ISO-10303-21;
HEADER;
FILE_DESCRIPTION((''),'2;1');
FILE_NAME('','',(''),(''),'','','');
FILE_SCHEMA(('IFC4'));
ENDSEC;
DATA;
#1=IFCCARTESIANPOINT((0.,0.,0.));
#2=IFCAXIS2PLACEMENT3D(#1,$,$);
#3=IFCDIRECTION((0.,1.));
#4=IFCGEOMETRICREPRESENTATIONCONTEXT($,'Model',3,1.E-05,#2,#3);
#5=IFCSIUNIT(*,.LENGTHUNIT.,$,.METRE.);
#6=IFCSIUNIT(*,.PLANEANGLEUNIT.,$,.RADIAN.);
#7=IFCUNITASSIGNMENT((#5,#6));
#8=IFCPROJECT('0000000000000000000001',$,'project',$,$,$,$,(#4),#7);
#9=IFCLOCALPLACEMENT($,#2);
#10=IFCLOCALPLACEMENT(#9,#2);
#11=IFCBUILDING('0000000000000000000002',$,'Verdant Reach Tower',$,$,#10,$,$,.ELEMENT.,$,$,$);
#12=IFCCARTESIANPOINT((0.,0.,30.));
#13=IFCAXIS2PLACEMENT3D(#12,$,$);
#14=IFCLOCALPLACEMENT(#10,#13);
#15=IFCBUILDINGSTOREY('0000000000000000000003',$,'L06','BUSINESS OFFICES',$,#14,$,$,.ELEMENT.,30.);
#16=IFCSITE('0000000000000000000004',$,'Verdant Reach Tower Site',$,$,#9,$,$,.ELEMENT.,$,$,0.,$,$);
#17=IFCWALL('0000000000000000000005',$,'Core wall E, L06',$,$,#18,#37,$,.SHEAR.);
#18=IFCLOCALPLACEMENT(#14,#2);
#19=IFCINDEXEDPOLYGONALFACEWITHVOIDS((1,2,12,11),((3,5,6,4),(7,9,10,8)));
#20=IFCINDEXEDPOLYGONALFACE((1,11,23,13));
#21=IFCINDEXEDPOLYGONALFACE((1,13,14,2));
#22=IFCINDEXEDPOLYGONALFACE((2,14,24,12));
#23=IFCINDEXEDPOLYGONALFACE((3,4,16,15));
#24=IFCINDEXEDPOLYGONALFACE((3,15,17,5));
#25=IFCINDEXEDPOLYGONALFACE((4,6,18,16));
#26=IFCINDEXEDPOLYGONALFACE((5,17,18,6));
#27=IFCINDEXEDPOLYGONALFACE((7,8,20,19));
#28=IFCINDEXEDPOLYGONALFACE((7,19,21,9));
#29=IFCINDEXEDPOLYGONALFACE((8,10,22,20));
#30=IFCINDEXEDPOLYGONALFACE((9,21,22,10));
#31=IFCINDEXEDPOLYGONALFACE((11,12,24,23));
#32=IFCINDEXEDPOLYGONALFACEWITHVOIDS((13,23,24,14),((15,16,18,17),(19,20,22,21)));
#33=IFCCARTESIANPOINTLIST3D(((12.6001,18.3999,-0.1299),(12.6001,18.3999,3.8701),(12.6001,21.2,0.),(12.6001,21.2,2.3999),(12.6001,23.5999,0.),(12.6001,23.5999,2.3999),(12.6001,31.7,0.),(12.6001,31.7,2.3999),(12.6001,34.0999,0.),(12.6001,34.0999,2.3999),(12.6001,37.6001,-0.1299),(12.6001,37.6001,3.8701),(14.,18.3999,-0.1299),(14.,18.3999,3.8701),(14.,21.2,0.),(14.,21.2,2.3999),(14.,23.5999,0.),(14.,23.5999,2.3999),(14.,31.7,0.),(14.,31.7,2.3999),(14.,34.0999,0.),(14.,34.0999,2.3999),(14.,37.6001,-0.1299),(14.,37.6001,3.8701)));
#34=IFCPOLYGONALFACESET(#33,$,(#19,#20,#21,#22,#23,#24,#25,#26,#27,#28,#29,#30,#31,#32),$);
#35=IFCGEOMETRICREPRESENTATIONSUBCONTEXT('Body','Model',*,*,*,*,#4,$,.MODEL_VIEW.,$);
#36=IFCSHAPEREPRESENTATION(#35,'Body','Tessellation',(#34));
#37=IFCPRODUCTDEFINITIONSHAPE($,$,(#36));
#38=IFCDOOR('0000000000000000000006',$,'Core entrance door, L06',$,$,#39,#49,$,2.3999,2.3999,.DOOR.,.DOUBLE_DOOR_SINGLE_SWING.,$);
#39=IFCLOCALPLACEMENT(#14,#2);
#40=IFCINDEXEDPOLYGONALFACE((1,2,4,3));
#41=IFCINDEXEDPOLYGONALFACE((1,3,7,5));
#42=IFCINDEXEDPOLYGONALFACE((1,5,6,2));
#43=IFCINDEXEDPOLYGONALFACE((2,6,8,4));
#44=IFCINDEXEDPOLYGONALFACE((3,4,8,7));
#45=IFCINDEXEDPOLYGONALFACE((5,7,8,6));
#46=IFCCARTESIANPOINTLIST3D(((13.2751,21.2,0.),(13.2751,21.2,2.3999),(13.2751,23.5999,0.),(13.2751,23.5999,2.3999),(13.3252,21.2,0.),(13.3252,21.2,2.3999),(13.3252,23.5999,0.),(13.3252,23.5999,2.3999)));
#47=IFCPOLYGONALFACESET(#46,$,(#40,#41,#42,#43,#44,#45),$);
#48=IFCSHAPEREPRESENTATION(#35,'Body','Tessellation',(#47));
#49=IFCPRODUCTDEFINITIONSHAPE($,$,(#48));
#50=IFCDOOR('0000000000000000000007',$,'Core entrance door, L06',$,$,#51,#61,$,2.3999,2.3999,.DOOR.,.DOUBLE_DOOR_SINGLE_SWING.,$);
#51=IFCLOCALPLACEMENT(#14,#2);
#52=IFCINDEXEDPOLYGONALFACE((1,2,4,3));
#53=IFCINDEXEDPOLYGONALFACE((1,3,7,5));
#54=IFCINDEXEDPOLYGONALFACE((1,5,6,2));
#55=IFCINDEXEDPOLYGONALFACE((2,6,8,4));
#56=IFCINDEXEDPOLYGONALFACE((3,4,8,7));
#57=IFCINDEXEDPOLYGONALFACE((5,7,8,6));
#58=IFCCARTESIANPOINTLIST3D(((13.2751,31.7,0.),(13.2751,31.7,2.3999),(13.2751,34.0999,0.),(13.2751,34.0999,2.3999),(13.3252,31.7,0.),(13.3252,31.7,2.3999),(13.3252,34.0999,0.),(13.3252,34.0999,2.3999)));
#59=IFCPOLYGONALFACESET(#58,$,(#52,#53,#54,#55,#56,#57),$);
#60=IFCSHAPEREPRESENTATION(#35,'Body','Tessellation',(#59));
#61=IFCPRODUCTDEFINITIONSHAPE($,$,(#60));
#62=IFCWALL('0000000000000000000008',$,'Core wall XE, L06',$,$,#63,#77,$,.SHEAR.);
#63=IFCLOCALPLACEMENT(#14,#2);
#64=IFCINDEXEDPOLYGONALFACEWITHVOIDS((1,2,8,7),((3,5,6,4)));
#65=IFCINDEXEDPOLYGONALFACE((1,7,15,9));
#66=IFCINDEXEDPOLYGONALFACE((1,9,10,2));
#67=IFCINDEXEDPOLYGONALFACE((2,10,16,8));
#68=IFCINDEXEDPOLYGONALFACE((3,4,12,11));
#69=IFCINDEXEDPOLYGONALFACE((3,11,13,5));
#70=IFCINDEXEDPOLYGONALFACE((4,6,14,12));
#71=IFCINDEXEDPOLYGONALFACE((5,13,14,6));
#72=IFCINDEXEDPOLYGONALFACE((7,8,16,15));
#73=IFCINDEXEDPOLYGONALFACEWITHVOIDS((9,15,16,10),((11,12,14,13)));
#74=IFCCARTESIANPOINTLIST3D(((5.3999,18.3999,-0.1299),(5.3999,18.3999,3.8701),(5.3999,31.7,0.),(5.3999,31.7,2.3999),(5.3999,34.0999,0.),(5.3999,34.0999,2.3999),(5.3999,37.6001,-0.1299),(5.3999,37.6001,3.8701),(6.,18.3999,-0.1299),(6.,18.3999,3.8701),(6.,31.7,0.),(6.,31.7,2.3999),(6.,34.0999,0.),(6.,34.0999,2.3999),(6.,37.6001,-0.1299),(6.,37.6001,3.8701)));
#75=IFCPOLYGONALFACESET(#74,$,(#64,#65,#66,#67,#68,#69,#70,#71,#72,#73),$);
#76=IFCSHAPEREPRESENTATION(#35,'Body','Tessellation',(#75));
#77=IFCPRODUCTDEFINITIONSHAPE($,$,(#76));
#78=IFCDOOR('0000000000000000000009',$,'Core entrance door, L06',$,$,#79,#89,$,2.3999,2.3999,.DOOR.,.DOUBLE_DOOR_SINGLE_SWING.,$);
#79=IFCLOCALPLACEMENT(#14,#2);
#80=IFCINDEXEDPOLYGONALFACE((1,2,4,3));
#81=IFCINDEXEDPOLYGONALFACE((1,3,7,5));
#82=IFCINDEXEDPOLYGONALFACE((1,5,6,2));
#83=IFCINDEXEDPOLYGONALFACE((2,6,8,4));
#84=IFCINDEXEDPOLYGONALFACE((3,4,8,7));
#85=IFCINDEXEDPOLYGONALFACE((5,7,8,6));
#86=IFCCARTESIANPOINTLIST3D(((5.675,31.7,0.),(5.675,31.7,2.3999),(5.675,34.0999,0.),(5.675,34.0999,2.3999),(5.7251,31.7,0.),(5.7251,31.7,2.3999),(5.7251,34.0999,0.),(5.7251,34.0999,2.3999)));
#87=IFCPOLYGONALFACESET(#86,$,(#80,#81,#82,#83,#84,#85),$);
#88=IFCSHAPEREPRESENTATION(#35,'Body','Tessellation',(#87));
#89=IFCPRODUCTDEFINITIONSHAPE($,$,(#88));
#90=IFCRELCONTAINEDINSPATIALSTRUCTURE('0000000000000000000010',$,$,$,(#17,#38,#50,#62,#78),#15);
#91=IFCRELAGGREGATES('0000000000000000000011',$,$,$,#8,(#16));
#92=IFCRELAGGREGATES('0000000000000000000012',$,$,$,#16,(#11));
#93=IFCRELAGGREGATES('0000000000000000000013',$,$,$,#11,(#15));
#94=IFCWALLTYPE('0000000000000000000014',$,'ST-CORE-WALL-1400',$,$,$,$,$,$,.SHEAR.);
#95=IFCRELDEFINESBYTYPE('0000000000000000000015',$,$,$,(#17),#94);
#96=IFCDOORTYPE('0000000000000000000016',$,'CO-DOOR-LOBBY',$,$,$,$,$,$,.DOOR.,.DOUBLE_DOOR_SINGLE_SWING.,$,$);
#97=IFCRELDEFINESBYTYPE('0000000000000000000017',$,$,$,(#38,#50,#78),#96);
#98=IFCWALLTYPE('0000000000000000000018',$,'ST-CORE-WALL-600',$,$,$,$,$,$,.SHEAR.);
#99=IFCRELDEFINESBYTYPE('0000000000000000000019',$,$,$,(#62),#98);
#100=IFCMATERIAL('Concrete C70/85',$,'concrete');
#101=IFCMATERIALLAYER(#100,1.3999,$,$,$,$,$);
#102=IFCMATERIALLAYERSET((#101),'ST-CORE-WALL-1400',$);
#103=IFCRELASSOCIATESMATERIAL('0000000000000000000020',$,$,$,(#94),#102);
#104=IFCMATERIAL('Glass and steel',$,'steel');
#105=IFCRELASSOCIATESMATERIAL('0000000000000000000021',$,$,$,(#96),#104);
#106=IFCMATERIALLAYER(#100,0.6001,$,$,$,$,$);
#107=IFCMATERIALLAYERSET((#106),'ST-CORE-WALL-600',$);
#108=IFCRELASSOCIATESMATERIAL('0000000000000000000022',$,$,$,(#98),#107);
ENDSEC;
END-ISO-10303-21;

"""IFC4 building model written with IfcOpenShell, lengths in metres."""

from ifc_helpers import new_model, si_unit, direction, frame, frame_2d, origin, place, context, subcontext, project, spatial, rectangle, extrude, material, layer, layer_set, type_object, element, fill, save


model = new_model("IFC4")

# Units and contexts
model_context = context("Model", 3, precision=1e-05, world=origin(), true_north=direction((0.0, 1.0)))
body_context = subcontext(model_context, "Body", "Model", "MODEL_VIEW")
ifc_project = project(units=[si_unit("LENGTHUNIT", "METRE"), si_unit("PLANEANGLEUNIT", "RADIAN")], contexts=[model_context])

# Site, building, storey
site_placement = place(None, origin())
site = spatial("IfcSite", under=ifc_project, at=site_placement, Name="Verdant Reach Tower Site", CompositionType="ELEMENT", RefElevation=0.0)
building_placement = place(site_placement, origin())
building = spatial("IfcBuilding", under=site, at=building_placement, Name="Verdant Reach Tower", CompositionType="ELEMENT")
storey_placement = place(building_placement, frame((0.0, 0.0, 30.0)))
storey = spatial("IfcBuildingStorey", under=building, at=storey_placement, Name="L06", Description="BUSINESS OFFICES", CompositionType="ELEMENT", Elevation=30.0)

# Wall, openings, doors
ifc_material_1 = material(Name="Concrete C70/85", Category="concrete")
ifc_layer_1 = layer(ifc_material_1, 1.3999)
ifc_layer_set_1 = layer_set([ifc_layer_1], Name="ST-CORE-WALL-1400")
wall_type_1 = type_object("IfcWallType", Name="ST-CORE-WALL-1400", PredefinedType="SHEAR", material=ifc_layer_set_1)
wall_1_placement = place(storey_placement, frame((13.3, 18.3999, -0.1299), z_axis=(0.0, 0.0, 1.0), x_axis=(0.0, 1.0, 0.0)))
wall_1 = element("IfcWall", 1, at=wall_1_placement, inside=storey, type_object=wall_type_1, Name="Core wall E, L06", PredefinedType="SHEAR", context=body_context, shape_type="SweptSolid", body=[
    extrude(rectangle(XDim=19.2002, YDim=1.3999, at=frame_2d((9.6001, 0.0))), origin(), (0.0, 0.0, 1.0), 4.0),
])
opening_1_placement = place(wall_1_placement, frame((2.8, 0.0, 0.1299)))
opening_1 = element("IfcOpeningElement", 2, at=opening_1_placement, cuts=wall_1, PredefinedType="OPENING", context=body_context, shape_type="SweptSolid", body=[
    extrude(rectangle(XDim=2.3999, YDim=2.3999, at=frame_2d((1.2, 1.2))), frame((0.0, 0.71, 0.0), z_axis=(0.0, -1.0, 0.0), x_axis=(1.0, 0.0, 0.0)), (0.0, 0.0, 1.0), 1.4199),
])
opening_2_placement = place(wall_1_placement, frame((13.3, 0.0, 0.1299)))
opening_2 = element("IfcOpeningElement", 3, at=opening_2_placement, cuts=wall_1, PredefinedType="OPENING", context=body_context, shape_type="SweptSolid", body=[
    extrude(rectangle(XDim=2.3999, YDim=2.3999, at=frame_2d((1.2, 1.2))), frame((0.0, 0.71, 0.0), z_axis=(0.0, -1.0, 0.0), x_axis=(1.0, 0.0, 0.0)), (0.0, 0.0, 1.0), 1.4199),
])
ifc_material_2 = material(Name="Glass and steel", Category="steel")
door_type_1 = type_object("IfcDoorType", Name="CO-DOOR-LOBBY", OperationType="DOUBLE_DOOR_SINGLE_SWING", PredefinedType="DOOR", material=ifc_material_2)
door_1_placement = place(opening_1_placement, origin())
door_1 = element("IfcDoor", 4, at=door_1_placement, inside=storey, type_object=door_type_1, Name="Core entrance door, L06", OperationType="DOUBLE_DOOR_SINGLE_SWING", OverallHeight=2.3999, OverallWidth=2.3999, PredefinedType="DOOR", context=body_context, shape_type="SweptSolid", body=[
    extrude(rectangle(XDim=2.3999, YDim=2.3999, at=frame_2d((1.2, 1.2))), frame((0.0, 0.0249, 0.0), z_axis=(0.0, -1.0, 0.0), x_axis=(1.0, 0.0, 0.0)), (0.0, 0.0, 1.0), 0.05),
])
fill(opening_1, door_1)
door_2_placement = place(opening_2_placement, origin())
door_2 = element("IfcDoor", 5, at=door_2_placement, inside=storey, type_object=door_type_1, Name="Core entrance door, L06", OperationType="DOUBLE_DOOR_SINGLE_SWING", OverallHeight=2.3999, OverallWidth=2.3999, PredefinedType="DOOR", context=body_context, shape_type="SweptSolid", body=[
    extrude(rectangle(XDim=2.3999, YDim=2.3999, at=frame_2d((1.2, 1.2))), frame((0.0, 0.0249, 0.0), z_axis=(0.0, -1.0, 0.0), x_axis=(1.0, 0.0, 0.0)), (0.0, 0.0, 1.0), 0.05),
])
fill(opening_2, door_2)

# Wall, opening, door
ifc_layer_2 = layer(ifc_material_1, 0.6001)
ifc_layer_set_2 = layer_set([ifc_layer_2], Name="ST-CORE-WALL-600")
wall_type_2 = type_object("IfcWallType", Name="ST-CORE-WALL-600", PredefinedType="SHEAR", material=ifc_layer_set_2)
wall_2_placement = place(storey_placement, frame((5.7, 18.3999, -0.1299), z_axis=(0.0, 0.0, 1.0), x_axis=(0.0, 1.0, 0.0)))
wall_2 = element("IfcWall", 6, at=wall_2_placement, inside=storey, type_object=wall_type_2, Name="Core wall XE, L06", PredefinedType="SHEAR", context=body_context, shape_type="SweptSolid", body=[
    extrude(rectangle(XDim=19.2002, YDim=0.6001, at=frame_2d((9.6001, 0.0))), origin(), (0.0, 0.0, 1.0), 4.0),
])
opening_3_placement = place(wall_2_placement, frame((13.3, 0.0, 0.1299)))
opening_3 = element("IfcOpeningElement", 7, at=opening_3_placement, cuts=wall_2, PredefinedType="OPENING", context=body_context, shape_type="SweptSolid", body=[
    extrude(rectangle(XDim=2.3999, YDim=2.3999, at=frame_2d((1.2, 1.2))), frame((0.0, 0.3101, 0.0), z_axis=(0.0, -1.0, 0.0), x_axis=(1.0, 0.0, 0.0)), (0.0, 0.0, 1.0), 0.6201),
])
door_3_placement = place(opening_3_placement, origin())
door_3 = element("IfcDoor", 8, at=door_3_placement, inside=storey, type_object=door_type_1, Name="Core entrance door, L06", OperationType="DOUBLE_DOOR_SINGLE_SWING", OverallHeight=2.3999, OverallWidth=2.3999, PredefinedType="DOOR", context=body_context, shape_type="SweptSolid", body=[
    extrude(rectangle(XDim=2.3999, YDim=2.3999, at=frame_2d((1.2, 1.2))), frame((0.0, 0.0249, 0.0), z_axis=(0.0, -1.0, 0.0), x_axis=(1.0, 0.0, 0.0)), (0.0, 0.0, 1.0), 0.05),
])
fill(opening_3, door_3)

save(model, "model.ifc")
